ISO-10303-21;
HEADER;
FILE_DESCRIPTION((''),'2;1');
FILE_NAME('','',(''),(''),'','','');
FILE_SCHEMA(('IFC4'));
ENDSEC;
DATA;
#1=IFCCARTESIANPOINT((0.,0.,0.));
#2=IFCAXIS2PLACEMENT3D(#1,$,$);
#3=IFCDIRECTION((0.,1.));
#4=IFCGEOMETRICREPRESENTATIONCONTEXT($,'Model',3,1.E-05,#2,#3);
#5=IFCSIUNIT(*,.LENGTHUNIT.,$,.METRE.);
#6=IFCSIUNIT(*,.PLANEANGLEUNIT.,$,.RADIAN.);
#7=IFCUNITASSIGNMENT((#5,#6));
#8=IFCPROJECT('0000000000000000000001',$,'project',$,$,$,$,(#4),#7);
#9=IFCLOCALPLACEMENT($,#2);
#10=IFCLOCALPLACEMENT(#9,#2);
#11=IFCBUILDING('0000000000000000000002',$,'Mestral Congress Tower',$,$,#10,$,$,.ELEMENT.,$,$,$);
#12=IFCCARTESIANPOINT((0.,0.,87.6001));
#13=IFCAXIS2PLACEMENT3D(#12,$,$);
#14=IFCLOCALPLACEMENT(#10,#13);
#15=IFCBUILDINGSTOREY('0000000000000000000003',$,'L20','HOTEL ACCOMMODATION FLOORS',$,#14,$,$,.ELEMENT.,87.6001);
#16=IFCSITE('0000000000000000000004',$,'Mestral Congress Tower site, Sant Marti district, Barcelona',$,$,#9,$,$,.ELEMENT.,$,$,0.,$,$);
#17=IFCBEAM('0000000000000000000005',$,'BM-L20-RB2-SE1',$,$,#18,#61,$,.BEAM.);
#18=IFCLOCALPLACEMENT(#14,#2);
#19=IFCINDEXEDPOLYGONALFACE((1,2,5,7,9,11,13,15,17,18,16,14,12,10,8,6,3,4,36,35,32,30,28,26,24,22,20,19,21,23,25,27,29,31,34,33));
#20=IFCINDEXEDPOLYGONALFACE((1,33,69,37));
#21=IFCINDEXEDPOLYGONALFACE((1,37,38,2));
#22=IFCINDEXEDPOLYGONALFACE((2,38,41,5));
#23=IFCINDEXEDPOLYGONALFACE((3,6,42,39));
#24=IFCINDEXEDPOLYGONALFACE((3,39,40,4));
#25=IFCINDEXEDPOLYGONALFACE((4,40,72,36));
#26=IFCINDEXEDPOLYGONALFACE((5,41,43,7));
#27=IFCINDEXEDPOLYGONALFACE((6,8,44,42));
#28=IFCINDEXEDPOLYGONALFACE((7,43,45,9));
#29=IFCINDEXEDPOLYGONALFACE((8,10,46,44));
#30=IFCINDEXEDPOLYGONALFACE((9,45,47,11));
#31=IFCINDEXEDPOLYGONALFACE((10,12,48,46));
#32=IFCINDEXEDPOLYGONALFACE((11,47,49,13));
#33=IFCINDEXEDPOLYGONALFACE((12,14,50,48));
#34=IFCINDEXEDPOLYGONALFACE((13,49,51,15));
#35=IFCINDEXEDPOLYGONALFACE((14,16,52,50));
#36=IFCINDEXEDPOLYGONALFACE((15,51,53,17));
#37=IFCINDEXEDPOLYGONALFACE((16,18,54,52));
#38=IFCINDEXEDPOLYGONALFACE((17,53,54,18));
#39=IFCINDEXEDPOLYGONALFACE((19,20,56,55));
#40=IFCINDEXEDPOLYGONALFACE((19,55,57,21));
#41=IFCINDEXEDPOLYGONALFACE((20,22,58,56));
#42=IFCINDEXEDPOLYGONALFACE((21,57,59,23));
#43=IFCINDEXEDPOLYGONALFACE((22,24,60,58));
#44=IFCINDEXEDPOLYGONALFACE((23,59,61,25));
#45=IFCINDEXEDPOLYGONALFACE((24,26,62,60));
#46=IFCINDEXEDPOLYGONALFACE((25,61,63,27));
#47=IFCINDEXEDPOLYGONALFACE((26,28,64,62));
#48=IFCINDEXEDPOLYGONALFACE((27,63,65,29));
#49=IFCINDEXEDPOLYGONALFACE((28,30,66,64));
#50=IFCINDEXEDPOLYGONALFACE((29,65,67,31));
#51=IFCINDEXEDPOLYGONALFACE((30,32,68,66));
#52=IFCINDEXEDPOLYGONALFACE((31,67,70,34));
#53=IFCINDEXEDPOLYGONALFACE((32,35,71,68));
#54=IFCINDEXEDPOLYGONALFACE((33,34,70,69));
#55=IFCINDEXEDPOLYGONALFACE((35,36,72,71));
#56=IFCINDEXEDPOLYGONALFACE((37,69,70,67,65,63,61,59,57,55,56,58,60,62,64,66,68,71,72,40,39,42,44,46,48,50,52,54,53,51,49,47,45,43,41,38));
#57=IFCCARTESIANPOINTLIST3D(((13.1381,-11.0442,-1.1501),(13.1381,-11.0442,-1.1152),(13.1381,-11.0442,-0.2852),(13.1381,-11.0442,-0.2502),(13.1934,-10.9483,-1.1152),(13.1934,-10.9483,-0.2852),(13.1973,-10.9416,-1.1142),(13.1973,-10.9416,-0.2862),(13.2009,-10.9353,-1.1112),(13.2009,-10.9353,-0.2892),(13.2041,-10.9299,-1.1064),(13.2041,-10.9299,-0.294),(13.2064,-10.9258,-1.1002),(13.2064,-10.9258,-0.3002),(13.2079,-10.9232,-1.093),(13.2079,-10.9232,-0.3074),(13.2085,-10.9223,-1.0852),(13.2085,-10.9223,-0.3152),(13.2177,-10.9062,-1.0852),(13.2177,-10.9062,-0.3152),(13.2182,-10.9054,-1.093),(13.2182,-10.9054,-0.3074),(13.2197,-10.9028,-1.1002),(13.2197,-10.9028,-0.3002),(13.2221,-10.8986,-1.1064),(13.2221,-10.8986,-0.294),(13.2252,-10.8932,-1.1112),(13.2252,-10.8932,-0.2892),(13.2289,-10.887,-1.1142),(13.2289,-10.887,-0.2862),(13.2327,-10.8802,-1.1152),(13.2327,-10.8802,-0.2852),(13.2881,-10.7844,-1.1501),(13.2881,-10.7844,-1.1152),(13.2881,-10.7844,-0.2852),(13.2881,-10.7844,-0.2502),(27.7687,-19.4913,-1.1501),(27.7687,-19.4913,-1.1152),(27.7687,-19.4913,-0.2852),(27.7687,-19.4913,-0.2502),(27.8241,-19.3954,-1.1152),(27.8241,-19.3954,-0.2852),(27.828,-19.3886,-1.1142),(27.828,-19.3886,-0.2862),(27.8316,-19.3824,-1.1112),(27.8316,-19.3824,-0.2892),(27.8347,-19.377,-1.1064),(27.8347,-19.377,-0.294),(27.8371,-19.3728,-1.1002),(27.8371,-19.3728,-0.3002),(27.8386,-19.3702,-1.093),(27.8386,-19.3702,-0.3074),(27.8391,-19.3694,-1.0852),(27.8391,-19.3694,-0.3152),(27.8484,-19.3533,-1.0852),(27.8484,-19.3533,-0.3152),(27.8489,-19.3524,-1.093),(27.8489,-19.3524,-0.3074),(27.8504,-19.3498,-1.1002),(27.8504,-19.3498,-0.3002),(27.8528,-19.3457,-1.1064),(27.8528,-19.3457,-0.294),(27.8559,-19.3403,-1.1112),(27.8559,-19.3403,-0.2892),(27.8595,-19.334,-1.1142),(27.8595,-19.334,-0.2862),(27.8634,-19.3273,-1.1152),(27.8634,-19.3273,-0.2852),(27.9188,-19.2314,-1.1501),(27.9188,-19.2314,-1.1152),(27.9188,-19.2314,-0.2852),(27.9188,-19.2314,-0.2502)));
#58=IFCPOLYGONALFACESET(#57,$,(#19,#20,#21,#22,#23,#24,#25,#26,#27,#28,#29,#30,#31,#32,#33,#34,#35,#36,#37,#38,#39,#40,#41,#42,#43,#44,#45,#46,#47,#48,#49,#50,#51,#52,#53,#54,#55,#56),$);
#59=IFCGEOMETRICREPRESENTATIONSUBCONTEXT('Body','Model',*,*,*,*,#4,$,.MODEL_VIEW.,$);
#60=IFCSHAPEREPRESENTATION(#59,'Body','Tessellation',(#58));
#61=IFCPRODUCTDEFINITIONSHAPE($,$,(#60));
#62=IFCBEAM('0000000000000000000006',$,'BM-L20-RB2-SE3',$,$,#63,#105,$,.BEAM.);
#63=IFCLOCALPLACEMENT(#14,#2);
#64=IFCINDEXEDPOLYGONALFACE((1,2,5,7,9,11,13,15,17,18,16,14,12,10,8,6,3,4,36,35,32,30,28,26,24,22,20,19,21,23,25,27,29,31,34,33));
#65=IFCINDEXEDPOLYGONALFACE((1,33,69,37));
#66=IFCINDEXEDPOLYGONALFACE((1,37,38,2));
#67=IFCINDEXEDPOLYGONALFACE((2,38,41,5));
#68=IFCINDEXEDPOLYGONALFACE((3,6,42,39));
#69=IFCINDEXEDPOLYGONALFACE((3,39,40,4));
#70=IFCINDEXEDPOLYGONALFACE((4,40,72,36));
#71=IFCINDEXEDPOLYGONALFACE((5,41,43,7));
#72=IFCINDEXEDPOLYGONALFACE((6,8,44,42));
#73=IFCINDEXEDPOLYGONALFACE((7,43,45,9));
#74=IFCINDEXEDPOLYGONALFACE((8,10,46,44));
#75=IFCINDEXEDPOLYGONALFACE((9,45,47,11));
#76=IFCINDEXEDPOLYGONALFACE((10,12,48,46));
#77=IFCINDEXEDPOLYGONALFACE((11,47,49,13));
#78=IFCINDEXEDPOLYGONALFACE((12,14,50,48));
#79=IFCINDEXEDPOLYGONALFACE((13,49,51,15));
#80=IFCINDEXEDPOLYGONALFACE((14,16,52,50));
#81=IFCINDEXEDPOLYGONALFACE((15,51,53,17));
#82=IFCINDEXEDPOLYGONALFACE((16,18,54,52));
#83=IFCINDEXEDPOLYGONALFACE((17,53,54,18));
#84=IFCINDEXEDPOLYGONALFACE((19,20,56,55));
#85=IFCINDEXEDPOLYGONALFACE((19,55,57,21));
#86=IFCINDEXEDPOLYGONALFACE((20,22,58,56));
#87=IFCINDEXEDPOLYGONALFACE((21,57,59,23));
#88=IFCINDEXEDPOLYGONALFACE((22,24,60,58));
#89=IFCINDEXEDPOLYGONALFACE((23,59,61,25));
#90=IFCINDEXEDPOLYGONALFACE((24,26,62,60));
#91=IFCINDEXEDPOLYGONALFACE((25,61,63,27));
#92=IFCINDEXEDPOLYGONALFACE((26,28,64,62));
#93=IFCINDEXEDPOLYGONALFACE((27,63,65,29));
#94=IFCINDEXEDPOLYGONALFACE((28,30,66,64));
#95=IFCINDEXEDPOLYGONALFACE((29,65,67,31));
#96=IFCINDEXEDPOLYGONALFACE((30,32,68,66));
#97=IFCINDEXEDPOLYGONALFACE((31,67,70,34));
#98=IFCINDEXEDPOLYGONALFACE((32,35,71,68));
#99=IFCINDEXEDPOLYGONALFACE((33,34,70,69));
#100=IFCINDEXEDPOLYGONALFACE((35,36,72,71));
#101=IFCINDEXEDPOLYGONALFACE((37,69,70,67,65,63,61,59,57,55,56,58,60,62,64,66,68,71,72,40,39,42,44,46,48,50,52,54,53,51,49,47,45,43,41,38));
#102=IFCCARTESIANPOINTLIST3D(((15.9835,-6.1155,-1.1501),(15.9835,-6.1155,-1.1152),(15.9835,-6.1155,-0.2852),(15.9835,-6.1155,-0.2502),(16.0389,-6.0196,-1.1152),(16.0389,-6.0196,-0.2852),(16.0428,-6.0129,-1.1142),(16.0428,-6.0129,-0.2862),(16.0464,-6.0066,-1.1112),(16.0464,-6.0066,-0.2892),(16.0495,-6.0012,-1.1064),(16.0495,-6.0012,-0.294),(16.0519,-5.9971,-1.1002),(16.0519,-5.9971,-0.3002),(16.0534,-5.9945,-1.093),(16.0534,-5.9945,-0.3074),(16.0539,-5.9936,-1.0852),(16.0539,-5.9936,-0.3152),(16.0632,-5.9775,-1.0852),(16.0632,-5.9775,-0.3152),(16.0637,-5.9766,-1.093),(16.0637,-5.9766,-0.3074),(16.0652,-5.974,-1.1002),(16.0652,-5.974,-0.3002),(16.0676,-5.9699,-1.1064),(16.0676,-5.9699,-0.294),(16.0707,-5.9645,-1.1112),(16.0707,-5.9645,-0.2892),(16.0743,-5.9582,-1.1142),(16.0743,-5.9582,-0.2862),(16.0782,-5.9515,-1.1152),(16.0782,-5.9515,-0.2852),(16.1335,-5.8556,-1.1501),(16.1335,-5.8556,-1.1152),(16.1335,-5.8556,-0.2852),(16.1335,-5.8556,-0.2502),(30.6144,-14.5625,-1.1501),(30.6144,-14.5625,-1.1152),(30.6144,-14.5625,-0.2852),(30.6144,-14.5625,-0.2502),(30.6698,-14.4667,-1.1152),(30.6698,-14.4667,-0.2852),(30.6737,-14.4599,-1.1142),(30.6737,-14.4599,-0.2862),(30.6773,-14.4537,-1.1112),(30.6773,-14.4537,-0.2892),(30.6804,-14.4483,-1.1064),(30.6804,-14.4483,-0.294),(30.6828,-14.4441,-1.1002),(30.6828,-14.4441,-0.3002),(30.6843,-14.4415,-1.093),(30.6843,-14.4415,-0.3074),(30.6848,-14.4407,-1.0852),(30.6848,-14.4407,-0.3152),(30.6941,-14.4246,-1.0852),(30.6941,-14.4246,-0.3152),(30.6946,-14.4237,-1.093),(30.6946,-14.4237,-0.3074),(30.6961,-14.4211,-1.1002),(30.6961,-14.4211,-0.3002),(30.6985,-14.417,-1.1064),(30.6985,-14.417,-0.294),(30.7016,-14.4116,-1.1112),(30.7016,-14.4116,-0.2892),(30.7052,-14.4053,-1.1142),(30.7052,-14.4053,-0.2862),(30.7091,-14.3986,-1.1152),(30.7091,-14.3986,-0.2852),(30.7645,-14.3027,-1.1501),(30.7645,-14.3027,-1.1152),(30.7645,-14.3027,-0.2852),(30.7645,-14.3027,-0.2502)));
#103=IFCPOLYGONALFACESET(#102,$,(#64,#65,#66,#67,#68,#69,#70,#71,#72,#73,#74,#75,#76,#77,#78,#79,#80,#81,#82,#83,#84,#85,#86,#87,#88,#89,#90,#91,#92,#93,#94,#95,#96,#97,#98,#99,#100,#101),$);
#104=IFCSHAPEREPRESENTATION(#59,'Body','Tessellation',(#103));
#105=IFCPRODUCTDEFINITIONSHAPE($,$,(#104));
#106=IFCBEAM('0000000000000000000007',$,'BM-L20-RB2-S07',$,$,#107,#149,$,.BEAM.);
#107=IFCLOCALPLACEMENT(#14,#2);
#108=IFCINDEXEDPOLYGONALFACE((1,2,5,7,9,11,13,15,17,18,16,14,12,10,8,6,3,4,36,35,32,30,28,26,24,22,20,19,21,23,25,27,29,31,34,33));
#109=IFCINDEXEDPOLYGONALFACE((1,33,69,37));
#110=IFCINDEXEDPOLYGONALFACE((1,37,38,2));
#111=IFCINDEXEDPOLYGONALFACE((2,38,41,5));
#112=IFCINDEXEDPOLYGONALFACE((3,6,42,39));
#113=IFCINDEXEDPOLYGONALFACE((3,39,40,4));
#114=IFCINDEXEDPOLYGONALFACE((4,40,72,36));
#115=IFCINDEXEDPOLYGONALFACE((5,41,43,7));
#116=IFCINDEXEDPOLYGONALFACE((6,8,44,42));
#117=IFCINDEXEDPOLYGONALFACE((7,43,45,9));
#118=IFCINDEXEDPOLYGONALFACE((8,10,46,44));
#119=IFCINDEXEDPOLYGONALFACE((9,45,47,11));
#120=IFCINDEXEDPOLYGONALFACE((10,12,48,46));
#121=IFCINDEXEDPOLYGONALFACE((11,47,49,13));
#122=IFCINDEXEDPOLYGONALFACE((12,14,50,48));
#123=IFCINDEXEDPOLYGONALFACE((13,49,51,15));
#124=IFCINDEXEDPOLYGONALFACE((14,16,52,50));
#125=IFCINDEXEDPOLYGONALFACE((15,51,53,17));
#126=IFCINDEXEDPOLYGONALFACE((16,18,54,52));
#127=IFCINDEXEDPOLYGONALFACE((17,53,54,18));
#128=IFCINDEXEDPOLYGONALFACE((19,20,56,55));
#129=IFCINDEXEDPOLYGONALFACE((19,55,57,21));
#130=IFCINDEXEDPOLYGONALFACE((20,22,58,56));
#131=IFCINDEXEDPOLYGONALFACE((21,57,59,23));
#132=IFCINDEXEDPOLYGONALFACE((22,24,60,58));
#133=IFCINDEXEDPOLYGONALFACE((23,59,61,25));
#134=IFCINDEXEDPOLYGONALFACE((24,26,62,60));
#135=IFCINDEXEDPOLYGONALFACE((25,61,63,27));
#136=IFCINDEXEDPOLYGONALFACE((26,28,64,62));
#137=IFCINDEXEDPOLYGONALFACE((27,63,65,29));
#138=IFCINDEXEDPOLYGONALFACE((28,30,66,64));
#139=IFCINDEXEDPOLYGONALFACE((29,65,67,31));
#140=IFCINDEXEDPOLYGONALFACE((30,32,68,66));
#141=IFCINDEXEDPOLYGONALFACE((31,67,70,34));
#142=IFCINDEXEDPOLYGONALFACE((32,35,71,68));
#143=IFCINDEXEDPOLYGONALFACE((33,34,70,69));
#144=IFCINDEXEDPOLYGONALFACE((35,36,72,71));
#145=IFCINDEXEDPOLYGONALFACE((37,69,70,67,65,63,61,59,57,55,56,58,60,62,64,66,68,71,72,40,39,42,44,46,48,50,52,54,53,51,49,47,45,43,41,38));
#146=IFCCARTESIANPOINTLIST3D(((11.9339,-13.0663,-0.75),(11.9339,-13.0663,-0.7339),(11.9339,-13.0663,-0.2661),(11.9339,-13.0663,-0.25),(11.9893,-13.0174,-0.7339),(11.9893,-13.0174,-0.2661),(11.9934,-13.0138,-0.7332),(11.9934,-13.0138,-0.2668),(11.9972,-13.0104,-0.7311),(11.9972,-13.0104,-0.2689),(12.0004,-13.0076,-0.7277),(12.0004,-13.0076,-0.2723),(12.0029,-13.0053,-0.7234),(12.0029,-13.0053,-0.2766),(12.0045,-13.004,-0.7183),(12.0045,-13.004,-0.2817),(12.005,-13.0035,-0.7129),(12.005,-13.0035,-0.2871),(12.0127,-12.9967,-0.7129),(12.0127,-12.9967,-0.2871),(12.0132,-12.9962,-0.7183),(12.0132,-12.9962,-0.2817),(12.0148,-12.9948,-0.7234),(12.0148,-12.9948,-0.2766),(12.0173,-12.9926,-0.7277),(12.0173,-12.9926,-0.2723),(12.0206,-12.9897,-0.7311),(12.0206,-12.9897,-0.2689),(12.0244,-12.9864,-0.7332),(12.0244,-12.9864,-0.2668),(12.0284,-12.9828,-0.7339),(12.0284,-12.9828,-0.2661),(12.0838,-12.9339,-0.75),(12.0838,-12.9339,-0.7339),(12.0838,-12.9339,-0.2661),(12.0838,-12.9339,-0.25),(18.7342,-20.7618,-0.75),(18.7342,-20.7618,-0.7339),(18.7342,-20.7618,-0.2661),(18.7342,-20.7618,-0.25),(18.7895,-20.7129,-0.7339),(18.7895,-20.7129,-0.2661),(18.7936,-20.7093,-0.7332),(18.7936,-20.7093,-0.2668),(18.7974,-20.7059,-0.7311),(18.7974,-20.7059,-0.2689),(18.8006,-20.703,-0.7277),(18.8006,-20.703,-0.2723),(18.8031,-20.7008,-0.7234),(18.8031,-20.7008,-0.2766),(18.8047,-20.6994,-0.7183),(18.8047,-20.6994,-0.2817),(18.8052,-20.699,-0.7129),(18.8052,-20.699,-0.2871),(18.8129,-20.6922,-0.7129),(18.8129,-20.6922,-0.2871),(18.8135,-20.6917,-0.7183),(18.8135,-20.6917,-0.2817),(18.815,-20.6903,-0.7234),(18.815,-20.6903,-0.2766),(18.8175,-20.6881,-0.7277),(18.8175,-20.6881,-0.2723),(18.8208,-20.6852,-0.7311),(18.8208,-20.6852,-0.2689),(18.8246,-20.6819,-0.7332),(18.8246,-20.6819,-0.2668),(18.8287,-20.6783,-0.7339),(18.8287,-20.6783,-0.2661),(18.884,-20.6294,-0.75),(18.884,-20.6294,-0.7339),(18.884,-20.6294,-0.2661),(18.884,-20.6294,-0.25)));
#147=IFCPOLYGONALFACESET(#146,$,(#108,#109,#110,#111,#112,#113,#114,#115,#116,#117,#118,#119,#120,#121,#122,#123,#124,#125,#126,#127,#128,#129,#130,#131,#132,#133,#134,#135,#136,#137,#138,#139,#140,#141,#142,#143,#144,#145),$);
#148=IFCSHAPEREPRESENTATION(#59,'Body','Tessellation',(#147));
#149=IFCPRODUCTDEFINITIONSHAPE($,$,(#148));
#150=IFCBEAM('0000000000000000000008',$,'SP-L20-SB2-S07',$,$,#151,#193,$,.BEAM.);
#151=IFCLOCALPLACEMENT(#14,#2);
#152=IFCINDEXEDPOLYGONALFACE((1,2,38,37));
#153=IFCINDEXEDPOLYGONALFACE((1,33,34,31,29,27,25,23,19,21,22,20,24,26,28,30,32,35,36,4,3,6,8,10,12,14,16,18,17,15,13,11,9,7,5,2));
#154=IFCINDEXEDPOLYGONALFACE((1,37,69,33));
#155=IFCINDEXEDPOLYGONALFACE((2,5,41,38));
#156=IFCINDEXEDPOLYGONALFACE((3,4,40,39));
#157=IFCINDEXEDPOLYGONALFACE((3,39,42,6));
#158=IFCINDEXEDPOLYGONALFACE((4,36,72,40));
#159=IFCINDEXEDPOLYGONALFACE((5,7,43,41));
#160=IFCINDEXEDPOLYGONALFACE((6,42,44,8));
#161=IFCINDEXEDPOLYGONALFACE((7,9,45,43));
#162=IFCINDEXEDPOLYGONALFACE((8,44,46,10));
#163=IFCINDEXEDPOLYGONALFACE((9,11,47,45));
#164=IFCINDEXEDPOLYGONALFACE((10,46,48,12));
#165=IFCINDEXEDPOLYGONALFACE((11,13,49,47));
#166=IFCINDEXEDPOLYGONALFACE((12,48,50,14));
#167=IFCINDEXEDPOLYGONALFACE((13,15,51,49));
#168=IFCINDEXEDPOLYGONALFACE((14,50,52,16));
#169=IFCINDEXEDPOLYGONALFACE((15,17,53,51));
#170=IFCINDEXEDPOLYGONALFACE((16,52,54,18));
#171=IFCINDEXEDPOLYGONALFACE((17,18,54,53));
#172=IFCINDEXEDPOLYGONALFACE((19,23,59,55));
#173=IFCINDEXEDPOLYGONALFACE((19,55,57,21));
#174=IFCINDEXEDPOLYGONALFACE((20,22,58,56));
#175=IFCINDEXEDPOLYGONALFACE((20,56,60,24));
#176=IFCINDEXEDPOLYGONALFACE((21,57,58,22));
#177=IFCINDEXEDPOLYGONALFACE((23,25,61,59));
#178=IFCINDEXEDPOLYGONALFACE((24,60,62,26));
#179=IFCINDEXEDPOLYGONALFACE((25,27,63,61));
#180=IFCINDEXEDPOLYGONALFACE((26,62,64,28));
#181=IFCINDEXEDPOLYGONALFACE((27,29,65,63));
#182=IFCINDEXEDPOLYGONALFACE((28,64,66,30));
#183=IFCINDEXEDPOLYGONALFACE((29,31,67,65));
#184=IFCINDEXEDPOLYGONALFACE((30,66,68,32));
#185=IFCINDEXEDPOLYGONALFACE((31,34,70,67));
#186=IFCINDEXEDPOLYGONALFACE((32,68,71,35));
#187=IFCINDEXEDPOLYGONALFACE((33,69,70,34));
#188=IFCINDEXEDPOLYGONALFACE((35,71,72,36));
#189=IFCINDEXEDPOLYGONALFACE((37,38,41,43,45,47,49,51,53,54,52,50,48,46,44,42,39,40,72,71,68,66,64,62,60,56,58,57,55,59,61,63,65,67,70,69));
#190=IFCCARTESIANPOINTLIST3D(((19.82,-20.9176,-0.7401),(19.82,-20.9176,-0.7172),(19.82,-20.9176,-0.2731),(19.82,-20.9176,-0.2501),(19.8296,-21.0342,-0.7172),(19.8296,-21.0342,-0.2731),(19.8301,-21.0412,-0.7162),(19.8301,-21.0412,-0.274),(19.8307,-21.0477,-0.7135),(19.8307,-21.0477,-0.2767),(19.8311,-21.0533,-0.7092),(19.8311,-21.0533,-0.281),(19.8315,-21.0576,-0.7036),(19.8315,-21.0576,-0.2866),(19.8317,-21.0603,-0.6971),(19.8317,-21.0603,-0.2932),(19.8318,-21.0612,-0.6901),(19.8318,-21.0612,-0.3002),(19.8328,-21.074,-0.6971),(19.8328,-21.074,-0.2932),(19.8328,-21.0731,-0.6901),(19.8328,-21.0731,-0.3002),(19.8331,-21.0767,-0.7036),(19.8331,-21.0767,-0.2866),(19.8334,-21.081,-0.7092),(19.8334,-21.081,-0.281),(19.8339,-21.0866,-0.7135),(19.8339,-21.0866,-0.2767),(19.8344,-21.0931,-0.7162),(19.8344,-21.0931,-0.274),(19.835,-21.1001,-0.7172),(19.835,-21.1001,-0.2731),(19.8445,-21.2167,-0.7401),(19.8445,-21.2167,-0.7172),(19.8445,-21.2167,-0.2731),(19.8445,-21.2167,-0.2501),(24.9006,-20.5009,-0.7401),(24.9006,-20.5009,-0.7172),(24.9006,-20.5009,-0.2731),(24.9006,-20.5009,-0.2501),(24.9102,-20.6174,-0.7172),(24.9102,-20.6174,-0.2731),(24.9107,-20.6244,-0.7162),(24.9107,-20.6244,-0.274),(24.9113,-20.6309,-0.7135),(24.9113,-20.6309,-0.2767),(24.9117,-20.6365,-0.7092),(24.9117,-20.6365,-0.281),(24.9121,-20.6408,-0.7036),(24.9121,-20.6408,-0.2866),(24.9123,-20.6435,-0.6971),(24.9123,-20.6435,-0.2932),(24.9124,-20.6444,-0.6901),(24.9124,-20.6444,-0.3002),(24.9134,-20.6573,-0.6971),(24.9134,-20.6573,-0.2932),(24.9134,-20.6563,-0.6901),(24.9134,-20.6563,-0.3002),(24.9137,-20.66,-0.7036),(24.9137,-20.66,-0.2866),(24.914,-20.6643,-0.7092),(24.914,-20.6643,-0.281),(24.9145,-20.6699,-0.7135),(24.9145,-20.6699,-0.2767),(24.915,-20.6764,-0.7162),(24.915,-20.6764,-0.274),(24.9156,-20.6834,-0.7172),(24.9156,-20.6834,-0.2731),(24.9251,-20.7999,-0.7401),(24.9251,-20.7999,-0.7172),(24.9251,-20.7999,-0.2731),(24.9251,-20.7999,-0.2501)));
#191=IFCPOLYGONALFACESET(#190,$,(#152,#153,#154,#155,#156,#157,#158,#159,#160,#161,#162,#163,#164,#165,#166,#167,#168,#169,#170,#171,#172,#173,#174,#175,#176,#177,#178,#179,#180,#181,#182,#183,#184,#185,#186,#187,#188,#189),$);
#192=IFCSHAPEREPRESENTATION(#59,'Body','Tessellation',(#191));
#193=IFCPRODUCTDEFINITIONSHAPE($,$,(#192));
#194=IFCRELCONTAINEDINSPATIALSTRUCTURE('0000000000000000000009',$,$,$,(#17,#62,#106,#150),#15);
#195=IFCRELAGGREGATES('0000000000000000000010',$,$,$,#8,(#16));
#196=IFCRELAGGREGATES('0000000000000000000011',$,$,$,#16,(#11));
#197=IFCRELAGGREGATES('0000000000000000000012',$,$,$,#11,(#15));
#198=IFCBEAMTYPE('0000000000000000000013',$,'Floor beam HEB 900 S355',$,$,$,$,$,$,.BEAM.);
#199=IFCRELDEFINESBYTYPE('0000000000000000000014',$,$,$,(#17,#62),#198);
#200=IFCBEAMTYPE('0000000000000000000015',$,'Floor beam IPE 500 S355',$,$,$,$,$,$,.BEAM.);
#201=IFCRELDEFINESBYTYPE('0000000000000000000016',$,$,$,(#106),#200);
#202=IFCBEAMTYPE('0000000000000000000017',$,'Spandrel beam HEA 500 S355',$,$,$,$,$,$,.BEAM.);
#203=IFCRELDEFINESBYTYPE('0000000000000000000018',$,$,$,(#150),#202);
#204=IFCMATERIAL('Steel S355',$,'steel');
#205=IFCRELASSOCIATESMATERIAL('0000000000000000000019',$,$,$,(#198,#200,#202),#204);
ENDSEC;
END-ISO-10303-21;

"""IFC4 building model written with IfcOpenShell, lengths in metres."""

from ifc_helpers import new_model, si_unit, direction, frame, origin, origin_2d, place, context, subcontext, project, spatial, i_section, extrude, material, material_profile, profile_set, type_object, element, save


model = new_model("IFC4")

# Units and contexts
model_context = context("Model", 3, precision=1e-05, world=origin(), true_north=direction((0.0, 1.0)))
body_context = subcontext(model_context, "Body", "Model", "MODEL_VIEW")
ifc_project = project(units=[si_unit("LENGTHUNIT", "METRE"), si_unit("PLANEANGLEUNIT", "RADIAN")], contexts=[model_context])

# Site, building, storey
site_placement = place(None, origin())
site = spatial("IfcSite", under=ifc_project, at=site_placement, Name="Mestral Congress Tower site, Sant Marti district, Barcelona", CompositionType="ELEMENT", RefElevation=0.0)
building_placement = place(site_placement, origin())
building = spatial("IfcBuilding", under=site, at=building_placement, Name="Mestral Congress Tower", CompositionType="ELEMENT")
storey_placement = place(building_placement, frame((0.0, 0.0, 87.6001)))
storey = spatial("IfcBuildingStorey", under=building, at=storey_placement, Name="L20", Description="HOTEL ACCOMMODATION FLOORS", CompositionType="ELEMENT", Elevation=87.6001)

# Beams
ifc_material_1 = material(Name="Steel S355", Category="steel")
ifc_material_profile_1 = material_profile(ifc_material_1, i_section(OverallWidth=0.3, OverallDepth=0.8999, WebThickness=0.0186, FlangeThickness=0.0349, FilletRadius=0.03, at=origin_2d()), Name="HEB 900")
ifc_profile_set_1 = profile_set([ifc_material_profile_1], Name="Steel S355")
beam_type_1 = type_object("IfcBeamType", Name="Floor beam HEB 900 S355", PredefinedType="BEAM", material=ifc_profile_set_1)
beam_1_placement = place(storey_placement, frame((27.8438, -19.3613, -0.7002), z_axis=(-0.866025, 0.500001, 0.0), x_axis=(-0.500001, -0.866025, 0.0)))
element("IfcBeam", 1, at=beam_1_placement, inside=storey, type_object=beam_type_1, Name="BM-L20-RB2-SE1", PredefinedType="BEAM", context=body_context, shape_type="SweptSolid", body=[
    extrude(i_section(OverallWidth=0.3, OverallDepth=0.8999, WebThickness=0.0186, FlangeThickness=0.0349, FilletRadius=0.03, at=origin_2d()), origin(), (0.0, 0.0, 1.0), 16.894),
])
beam_2_placement = place(storey_placement, frame((30.6895, -14.4326, -0.7002), z_axis=(-0.866028, 0.499995, 0.0), x_axis=(-0.499995, -0.866028, 0.0)))
element("IfcBeam", 2, at=beam_2_placement, inside=storey, type_object=beam_type_1, Name="BM-L20-RB2-SE3", PredefinedType="BEAM", context=body_context, shape_type="SweptSolid", body=[
    extrude(i_section(OverallWidth=0.3, OverallDepth=0.8999, WebThickness=0.0186, FlangeThickness=0.0349, FilletRadius=0.03, at=origin_2d()), origin(), (0.0, 0.0, 1.0), 16.8943),
])
ifc_material_profile_2 = material_profile(ifc_material_1, i_section(OverallWidth=0.2, OverallDepth=0.5, WebThickness=0.0103, FlangeThickness=0.0161, FilletRadius=0.021, at=origin_2d()), Name="IPE 500")
ifc_profile_set_2 = profile_set([ifc_material_profile_2], Name="Steel S355")
beam_type_2 = type_object("IfcBeamType", Name="Floor beam IPE 500 S355", PredefinedType="BEAM", material=ifc_profile_set_2)
beam_3_placement = place(storey_placement, frame((18.8091, -20.6956, -0.5), z_axis=(-0.662174, 0.74935, 0.0), x_axis=(-0.74935, -0.662174, 0.0)))
element("IfcBeam", 3, at=beam_3_placement, inside=storey, type_object=beam_type_2, Name="BM-L20-RB2-S07", PredefinedType="BEAM", context=body_context, shape_type="SweptSolid", body=[
    extrude(i_section(OverallWidth=0.2, OverallDepth=0.5, WebThickness=0.0103, FlangeThickness=0.0161, FilletRadius=0.021, at=origin_2d()), origin(), (0.0, 0.0, 1.0), 10.2695),
])
ifc_material_profile_3 = material_profile(ifc_material_1, i_section(OverallWidth=0.3, OverallDepth=0.49, WebThickness=0.012, FlangeThickness=0.0229, FilletRadius=0.0271, at=origin_2d()), Name="HEA 500")
ifc_profile_set_3 = profile_set([ifc_material_profile_3], Name="Steel S355")
beam_type_3 = type_object("IfcBeamType", Name="Spandrel beam HEA 500 S355", PredefinedType="BEAM", material=ifc_profile_set_3)
beam_4_placement = place(storey_placement, frame((19.8323, -21.0671, -0.4951), z_axis=(0.996653, 0.081753, 0.0), x_axis=(-0.081753, 0.996653, 0.0)))
element("IfcBeam", 4, at=beam_4_placement, inside=storey, type_object=beam_type_3, Name="SP-L20-SB2-S07", PredefinedType="BEAM", context=body_context, shape_type="SweptSolid", body=[
    extrude(i_section(OverallWidth=0.3, OverallDepth=0.49, WebThickness=0.012, FlangeThickness=0.0229, FilletRadius=0.0271, at=origin_2d()), origin(), (0.0, 0.0, 1.0), 5.0977),
])

save(model, "model.ifc")
